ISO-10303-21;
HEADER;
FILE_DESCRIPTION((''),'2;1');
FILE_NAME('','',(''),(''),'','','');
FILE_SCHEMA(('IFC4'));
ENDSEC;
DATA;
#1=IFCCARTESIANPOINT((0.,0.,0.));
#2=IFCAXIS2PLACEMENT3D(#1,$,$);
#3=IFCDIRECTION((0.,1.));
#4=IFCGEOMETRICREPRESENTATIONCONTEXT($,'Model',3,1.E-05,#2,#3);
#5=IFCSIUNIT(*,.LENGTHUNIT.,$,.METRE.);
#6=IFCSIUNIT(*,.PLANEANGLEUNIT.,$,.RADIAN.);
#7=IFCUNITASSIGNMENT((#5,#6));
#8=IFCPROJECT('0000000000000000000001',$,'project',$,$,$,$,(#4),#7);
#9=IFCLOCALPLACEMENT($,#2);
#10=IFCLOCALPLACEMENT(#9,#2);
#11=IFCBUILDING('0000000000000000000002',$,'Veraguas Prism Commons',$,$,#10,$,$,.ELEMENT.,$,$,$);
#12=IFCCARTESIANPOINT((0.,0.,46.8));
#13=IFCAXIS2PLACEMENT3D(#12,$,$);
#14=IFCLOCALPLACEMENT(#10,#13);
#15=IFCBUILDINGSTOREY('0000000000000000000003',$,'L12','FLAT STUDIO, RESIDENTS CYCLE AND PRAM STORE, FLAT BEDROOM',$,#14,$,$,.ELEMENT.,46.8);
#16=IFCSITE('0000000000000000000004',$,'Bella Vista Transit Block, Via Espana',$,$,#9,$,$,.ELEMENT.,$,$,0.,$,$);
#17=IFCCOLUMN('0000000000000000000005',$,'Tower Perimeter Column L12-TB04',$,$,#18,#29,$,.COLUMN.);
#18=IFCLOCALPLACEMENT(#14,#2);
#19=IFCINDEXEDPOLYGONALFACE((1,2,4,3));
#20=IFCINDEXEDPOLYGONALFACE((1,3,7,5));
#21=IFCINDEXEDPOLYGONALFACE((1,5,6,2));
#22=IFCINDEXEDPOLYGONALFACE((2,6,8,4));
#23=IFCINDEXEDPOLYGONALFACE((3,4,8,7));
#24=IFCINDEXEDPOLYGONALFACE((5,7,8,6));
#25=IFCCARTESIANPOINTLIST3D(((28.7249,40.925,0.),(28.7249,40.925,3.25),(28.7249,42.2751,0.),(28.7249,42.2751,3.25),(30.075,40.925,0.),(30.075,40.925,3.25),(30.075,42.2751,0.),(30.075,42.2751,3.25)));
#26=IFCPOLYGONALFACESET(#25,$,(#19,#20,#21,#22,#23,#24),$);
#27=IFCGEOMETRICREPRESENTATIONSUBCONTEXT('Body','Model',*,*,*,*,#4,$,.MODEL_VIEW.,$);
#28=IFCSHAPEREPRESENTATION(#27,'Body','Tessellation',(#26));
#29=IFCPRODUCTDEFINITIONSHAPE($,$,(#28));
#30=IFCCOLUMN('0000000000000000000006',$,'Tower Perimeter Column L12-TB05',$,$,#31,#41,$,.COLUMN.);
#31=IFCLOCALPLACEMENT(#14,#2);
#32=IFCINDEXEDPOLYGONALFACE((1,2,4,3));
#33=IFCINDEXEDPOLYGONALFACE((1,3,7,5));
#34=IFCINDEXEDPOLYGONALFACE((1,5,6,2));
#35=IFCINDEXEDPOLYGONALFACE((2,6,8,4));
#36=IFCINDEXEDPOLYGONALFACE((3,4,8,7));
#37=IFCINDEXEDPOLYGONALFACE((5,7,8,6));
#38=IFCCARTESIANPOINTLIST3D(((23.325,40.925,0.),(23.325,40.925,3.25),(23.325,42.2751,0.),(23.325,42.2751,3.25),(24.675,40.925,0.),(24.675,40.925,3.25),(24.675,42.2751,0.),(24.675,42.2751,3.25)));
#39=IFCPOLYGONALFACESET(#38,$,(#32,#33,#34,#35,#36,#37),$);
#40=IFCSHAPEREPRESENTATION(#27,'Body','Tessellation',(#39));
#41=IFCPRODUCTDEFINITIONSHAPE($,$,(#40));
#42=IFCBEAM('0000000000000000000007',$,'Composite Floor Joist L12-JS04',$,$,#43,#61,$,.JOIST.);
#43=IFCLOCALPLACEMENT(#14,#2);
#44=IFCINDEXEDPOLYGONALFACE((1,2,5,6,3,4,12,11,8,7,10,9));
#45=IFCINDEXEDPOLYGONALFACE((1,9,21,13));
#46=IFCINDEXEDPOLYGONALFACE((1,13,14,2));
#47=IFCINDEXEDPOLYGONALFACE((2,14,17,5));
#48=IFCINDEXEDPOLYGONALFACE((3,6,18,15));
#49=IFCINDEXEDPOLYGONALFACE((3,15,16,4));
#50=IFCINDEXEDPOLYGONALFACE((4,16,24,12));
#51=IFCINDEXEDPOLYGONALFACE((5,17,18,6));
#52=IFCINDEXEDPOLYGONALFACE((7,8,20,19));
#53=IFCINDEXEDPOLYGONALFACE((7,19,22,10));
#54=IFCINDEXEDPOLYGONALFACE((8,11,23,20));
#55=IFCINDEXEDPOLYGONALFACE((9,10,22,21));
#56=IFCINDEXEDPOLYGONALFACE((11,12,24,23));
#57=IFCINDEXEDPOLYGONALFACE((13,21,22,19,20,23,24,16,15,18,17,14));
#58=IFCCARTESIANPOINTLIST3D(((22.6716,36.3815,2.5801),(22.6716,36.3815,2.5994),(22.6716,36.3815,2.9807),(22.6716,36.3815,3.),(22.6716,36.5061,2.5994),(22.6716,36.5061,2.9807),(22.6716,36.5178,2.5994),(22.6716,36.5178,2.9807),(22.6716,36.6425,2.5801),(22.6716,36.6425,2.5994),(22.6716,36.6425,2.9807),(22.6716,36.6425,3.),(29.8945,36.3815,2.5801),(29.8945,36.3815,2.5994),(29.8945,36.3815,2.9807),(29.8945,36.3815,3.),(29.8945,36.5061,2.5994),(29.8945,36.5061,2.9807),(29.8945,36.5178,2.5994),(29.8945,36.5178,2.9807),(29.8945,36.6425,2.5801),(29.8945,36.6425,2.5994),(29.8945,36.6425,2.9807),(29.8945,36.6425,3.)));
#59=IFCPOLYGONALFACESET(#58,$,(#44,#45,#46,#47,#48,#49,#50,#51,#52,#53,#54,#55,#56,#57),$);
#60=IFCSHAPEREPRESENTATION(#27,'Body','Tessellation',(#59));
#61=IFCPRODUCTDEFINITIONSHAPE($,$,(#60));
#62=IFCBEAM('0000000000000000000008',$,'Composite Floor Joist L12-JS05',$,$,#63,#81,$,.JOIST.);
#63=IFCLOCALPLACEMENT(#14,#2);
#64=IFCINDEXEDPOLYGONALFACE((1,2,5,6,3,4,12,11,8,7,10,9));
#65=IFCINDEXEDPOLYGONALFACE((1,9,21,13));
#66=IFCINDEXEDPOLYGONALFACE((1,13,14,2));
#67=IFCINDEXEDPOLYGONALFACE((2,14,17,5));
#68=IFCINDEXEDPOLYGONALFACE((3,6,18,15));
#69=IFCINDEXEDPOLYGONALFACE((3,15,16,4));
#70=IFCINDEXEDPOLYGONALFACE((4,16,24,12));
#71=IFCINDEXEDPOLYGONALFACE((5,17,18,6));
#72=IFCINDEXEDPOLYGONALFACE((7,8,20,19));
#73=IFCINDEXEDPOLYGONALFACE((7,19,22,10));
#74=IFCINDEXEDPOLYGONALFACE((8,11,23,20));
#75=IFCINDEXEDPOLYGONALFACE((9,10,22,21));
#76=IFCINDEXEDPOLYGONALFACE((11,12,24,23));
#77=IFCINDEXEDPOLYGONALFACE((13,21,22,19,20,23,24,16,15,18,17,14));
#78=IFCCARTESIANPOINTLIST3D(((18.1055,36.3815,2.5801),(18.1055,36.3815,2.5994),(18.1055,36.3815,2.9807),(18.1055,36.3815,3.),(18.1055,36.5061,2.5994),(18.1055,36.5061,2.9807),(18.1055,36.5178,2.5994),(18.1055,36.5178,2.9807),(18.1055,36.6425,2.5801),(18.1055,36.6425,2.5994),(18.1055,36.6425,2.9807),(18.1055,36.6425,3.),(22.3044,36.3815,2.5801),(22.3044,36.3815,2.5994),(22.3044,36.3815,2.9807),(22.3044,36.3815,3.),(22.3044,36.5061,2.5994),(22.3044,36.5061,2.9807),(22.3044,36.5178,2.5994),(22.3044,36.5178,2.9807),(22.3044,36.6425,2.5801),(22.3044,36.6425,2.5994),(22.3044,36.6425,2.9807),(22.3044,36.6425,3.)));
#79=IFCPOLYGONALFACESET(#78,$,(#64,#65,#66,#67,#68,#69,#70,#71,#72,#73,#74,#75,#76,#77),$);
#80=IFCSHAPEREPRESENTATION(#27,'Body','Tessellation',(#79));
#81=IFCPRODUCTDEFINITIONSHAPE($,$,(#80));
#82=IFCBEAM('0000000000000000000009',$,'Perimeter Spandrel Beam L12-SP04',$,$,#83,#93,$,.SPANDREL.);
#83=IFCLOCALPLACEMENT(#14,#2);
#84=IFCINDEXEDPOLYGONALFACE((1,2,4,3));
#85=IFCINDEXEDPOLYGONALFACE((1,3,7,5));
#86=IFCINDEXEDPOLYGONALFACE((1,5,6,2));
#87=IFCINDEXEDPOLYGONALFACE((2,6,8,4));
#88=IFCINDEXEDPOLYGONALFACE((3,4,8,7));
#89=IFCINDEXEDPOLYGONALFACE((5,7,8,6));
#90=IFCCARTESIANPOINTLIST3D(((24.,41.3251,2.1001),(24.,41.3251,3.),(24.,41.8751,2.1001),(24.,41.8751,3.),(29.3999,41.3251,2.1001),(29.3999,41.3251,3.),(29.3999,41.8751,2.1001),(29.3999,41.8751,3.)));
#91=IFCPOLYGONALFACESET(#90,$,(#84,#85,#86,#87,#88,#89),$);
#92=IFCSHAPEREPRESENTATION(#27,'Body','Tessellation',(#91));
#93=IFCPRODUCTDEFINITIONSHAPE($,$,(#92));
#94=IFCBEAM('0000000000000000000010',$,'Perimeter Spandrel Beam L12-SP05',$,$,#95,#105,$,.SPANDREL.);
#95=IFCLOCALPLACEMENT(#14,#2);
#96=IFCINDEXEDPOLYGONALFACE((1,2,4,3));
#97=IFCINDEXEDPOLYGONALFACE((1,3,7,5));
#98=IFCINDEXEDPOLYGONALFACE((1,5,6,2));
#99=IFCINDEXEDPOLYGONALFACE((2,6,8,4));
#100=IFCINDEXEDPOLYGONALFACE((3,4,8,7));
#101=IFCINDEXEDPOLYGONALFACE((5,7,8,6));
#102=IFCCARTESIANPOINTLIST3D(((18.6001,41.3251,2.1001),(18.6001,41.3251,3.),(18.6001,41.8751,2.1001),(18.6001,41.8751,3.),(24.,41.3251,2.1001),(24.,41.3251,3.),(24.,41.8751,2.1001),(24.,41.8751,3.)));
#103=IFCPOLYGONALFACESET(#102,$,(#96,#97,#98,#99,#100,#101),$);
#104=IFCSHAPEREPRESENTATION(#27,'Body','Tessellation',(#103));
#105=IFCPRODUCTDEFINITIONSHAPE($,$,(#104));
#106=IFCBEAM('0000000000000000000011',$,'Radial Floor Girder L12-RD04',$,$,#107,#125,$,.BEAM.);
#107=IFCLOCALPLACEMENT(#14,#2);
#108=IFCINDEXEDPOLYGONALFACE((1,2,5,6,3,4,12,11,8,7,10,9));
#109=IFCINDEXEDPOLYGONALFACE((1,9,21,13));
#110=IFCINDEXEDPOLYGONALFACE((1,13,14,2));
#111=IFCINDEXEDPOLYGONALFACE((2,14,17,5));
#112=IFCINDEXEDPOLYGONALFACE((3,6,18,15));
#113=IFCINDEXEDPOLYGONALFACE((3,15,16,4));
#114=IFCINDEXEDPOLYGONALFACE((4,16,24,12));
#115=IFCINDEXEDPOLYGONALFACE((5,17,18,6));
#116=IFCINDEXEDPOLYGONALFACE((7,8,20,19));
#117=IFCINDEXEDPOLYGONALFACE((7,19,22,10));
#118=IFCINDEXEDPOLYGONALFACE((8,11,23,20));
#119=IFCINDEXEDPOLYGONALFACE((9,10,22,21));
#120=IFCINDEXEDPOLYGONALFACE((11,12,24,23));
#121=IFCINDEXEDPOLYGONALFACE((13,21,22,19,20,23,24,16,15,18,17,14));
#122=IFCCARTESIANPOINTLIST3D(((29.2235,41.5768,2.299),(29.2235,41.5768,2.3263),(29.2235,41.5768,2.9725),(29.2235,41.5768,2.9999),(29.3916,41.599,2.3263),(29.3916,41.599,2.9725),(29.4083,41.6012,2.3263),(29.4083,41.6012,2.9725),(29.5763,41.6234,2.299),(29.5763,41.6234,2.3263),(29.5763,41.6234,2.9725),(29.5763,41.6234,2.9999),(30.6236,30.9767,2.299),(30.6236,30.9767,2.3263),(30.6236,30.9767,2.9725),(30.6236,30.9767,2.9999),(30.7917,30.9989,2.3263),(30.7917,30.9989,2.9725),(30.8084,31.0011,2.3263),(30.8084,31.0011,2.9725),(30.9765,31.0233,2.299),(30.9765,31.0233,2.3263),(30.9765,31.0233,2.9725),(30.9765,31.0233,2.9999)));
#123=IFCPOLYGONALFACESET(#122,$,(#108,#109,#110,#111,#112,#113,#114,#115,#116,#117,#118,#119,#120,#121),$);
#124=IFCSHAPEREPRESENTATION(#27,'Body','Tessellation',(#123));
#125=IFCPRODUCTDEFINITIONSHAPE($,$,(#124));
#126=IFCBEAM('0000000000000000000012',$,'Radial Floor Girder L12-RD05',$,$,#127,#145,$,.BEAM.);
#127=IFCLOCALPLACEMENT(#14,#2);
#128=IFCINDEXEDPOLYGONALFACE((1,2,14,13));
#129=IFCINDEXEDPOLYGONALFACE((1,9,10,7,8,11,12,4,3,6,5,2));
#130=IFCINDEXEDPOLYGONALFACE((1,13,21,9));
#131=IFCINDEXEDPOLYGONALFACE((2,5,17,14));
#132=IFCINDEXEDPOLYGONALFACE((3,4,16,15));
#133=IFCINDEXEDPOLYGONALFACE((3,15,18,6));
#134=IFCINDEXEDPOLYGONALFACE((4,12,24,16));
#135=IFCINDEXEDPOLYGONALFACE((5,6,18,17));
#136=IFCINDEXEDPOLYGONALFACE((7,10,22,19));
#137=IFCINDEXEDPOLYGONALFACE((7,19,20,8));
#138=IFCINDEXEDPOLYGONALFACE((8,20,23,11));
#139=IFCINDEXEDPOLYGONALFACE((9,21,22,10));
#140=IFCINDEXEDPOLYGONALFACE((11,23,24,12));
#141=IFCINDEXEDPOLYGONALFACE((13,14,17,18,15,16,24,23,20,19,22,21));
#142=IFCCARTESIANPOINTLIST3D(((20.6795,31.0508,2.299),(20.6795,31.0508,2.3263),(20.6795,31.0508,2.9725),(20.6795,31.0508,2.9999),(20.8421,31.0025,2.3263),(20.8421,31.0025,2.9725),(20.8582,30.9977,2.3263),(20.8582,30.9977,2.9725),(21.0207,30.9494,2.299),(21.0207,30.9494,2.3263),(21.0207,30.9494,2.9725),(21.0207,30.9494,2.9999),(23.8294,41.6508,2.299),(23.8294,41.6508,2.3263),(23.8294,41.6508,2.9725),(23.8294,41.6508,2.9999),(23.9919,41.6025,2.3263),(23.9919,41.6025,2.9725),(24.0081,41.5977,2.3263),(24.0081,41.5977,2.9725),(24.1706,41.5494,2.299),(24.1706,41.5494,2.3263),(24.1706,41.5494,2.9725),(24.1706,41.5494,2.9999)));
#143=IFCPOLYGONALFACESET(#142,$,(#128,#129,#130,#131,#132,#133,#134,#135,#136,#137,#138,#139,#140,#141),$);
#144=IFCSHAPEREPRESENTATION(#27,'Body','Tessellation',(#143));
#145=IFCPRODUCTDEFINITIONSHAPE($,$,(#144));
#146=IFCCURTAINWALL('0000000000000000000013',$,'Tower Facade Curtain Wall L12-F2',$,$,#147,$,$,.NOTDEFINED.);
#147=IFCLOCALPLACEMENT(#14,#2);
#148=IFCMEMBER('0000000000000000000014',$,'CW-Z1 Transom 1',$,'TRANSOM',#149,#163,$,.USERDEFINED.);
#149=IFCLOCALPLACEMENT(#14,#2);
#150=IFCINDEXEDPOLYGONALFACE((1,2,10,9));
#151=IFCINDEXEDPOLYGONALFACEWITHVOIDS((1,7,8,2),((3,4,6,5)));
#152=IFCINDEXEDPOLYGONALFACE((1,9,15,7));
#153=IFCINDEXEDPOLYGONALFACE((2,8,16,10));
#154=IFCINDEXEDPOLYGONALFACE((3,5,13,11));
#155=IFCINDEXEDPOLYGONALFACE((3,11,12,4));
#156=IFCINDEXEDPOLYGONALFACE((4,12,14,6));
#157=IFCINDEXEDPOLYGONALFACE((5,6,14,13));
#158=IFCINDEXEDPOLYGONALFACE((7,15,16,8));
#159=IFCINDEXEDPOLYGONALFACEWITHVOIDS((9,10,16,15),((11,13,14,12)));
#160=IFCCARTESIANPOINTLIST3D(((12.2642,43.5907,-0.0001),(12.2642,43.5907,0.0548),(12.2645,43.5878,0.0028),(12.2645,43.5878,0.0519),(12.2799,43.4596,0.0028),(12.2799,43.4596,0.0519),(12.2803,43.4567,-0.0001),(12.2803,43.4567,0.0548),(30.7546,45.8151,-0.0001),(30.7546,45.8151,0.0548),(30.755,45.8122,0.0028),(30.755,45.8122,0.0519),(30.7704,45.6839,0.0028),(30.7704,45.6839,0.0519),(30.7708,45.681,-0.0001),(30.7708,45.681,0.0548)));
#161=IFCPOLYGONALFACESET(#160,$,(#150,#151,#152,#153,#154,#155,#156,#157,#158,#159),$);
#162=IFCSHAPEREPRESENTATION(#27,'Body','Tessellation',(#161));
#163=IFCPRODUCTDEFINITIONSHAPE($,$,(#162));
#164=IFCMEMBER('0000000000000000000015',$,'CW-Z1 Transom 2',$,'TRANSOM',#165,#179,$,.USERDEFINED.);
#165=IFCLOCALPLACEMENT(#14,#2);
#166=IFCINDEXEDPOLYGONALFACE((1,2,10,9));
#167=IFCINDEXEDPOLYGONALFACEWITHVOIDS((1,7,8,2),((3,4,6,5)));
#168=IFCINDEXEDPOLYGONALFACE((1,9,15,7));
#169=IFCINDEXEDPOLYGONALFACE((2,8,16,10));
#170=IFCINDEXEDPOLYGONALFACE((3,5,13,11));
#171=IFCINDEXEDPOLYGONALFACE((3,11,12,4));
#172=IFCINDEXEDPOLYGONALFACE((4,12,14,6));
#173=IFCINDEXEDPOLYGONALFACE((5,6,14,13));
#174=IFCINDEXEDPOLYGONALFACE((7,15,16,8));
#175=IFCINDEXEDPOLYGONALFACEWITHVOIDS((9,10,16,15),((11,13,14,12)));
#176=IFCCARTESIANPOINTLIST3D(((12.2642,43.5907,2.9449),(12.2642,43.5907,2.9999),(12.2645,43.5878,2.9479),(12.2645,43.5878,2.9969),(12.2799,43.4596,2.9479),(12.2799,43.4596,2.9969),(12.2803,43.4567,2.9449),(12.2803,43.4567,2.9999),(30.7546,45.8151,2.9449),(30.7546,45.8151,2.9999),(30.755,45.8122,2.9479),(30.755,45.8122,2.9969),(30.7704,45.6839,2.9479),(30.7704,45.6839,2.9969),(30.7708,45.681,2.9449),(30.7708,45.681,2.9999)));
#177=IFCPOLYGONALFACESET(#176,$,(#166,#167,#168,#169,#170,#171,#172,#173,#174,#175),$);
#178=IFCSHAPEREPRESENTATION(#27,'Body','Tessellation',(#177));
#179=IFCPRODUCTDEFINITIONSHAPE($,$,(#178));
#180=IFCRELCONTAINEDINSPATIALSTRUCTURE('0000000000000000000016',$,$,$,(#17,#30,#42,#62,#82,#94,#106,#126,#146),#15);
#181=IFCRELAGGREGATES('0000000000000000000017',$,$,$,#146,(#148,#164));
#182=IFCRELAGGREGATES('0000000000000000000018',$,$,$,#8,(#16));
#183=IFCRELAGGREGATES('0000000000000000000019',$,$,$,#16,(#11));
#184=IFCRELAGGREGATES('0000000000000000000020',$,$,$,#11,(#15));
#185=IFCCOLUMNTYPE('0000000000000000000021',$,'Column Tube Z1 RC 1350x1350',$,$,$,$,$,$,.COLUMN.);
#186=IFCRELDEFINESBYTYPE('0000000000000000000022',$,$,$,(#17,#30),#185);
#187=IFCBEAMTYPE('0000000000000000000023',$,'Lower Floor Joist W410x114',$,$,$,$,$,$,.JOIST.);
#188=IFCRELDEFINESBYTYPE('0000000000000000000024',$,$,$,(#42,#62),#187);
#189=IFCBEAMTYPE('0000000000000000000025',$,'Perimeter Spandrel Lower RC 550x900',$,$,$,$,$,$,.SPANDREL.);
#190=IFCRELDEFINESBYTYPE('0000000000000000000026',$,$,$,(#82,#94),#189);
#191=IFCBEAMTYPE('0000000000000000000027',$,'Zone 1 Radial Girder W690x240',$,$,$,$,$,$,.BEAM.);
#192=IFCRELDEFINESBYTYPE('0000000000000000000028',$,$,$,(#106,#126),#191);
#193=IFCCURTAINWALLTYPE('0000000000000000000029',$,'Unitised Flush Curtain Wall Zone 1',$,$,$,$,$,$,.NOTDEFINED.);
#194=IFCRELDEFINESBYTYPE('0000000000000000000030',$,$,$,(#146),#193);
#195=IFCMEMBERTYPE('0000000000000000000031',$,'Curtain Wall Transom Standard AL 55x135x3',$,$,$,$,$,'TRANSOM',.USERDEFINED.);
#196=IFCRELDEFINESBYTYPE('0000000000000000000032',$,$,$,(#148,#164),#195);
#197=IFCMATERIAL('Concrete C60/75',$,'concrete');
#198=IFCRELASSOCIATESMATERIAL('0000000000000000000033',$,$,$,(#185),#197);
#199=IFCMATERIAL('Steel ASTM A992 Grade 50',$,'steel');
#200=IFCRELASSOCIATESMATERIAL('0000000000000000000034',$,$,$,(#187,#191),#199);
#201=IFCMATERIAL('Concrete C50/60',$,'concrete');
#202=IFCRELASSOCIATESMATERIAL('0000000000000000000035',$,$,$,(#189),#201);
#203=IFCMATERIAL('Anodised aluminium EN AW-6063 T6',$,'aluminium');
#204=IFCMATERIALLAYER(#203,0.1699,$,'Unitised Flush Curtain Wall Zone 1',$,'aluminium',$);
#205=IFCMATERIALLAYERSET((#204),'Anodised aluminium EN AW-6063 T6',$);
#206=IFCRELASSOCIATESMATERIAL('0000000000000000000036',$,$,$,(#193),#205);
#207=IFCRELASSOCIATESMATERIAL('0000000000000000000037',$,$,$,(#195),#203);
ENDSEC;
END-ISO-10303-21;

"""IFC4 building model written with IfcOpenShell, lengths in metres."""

from ifc_helpers import new_model, si_unit, direction, frame, origin, origin_2d, place, context, subcontext, project, spatial, rectangle, hollow_rectangle, i_section, extrude, source, transform, mapped, material, layer, layer_set, material_profile, profile_set, type_object, element, aggregate, save


model = new_model("IFC4")

# Units and contexts
model_context = context("Model", 3, precision=1e-05, world=origin(), true_north=direction((0.0, 1.0)))
body_context = subcontext(model_context, "Body", "Model", "MODEL_VIEW")
ifc_project = project(units=[si_unit("LENGTHUNIT", "METRE"), si_unit("PLANEANGLEUNIT", "RADIAN")], contexts=[model_context])

# Site, building, storey
site_placement = place(None, origin())
site = spatial("IfcSite", under=ifc_project, at=site_placement, Name="Bella Vista Transit Block, Via Espana", CompositionType="ELEMENT", RefElevation=0.0)
building_placement = place(site_placement, origin())
building = spatial("IfcBuilding", under=site, at=building_placement, Name="Veraguas Prism Commons", CompositionType="ELEMENT")
storey_placement = place(building_placement, frame((0.0, 0.0, 46.8)))
storey = spatial("IfcBuildingStorey", under=building, at=storey_placement, Name="L12", Description="FLAT STUDIO, RESIDENTS CYCLE AND PRAM STORE, FLAT BEDROOM", CompositionType="ELEMENT", Elevation=46.8)

# Columns
ifc_material_1 = material(Name="Concrete C60/75", Category="concrete")
ifc_material_profile_1 = material_profile(ifc_material_1, rectangle(XDim=1.3501, YDim=1.3501, at=origin_2d()), Name="RC1350X1350")
ifc_profile_set_1 = profile_set([ifc_material_profile_1], Name="Concrete C60/75")
column_type = type_object("IfcColumnType", Name="Column Tube Z1 RC 1350x1350", PredefinedType="COLUMN", material=ifc_profile_set_1)
for number, where, z_axis, x_axis, name in (
    (1, (29.3999, 41.6001, 0.0), (0.0, 0.0, 1.0), (1.0, 0.0, 0.0), "Tower Perimeter Column L12-TB04"),
    (2, (24.0, 41.6001, 0.0), (0.0, 0.0, 1.0), (1.0, 0.0, 0.0), "Tower Perimeter Column L12-TB05"),
):
    element("IfcColumn", number, at=place(storey_placement, frame(where, z_axis=z_axis, x_axis=x_axis)), inside=storey, type_object=column_type, Name=name, PredefinedType="COLUMN", context=body_context, shape_type="SweptSolid", body=[
        extrude(rectangle(XDim=1.3501, YDim=1.3501, at=origin_2d()), origin(), (0.0, 0.0, 1.0), 3.25),
    ])

# Beams
ifc_material_2 = material(Name="Steel ASTM A992 Grade 50", Category="steel")
ifc_material_profile_2 = material_profile(ifc_material_2, i_section(OverallWidth=0.261, OverallDepth=0.4199, WebThickness=0.0117, FlangeThickness=0.0193, at=origin_2d()), Name="W410X114")
ifc_profile_set_2 = profile_set([ifc_material_profile_2], Name="Steel ASTM A992 Grade 50")
beam_type_1 = type_object("IfcBeamType", Name="Lower Floor Joist W410x114", PredefinedType="JOIST", material=ifc_profile_set_2)
beam_1_placement = place(storey_placement, frame((29.8945, 36.512, 2.79), z_axis=(-1.0, 0.0, 0.0), x_axis=(0.0, -1.0, 0.0)))
element("IfcBeam", 3, at=beam_1_placement, inside=storey, type_object=beam_type_1, Name="Composite Floor Joist L12-JS04", PredefinedType="JOIST", context=body_context, shape_type="SweptSolid", body=[
    extrude(i_section(OverallWidth=0.261, OverallDepth=0.4199, WebThickness=0.0117, FlangeThickness=0.0193, at=origin_2d()), origin(), (0.0, 0.0, 1.0), 7.2229),
])
beam_2_placement = place(storey_placement, frame((22.3044, 36.512, 2.79), z_axis=(-1.0, 0.0, 0.0), x_axis=(0.0, -1.0, 0.0)))
element("IfcBeam", 4, at=beam_2_placement, inside=storey, type_object=beam_type_1, Name="Composite Floor Joist L12-JS05", PredefinedType="JOIST", context=body_context, shape_type="SweptSolid", body=[
    extrude(i_section(OverallWidth=0.261, OverallDepth=0.4199, WebThickness=0.0117, FlangeThickness=0.0193, at=origin_2d()), origin(), (0.0, 0.0, 1.0), 4.199),
])
ifc_material_3 = material(Name="Concrete C50/60", Category="concrete")
ifc_material_profile_3 = material_profile(ifc_material_3, rectangle(XDim=0.55, YDim=0.8999, at=origin_2d()), Name="RC550X900")
ifc_profile_set_3 = profile_set([ifc_material_profile_3], Name="Concrete C50/60")
beam_type_2 = type_object("IfcBeamType", Name="Perimeter Spandrel Lower RC 550x900", PredefinedType="SPANDREL", material=ifc_profile_set_3)
for number, where, z_axis, x_axis, name in (
    (5, (29.3999, 41.6001, 2.55), (-1.0, 0.0, 0.0), (0.0, -1.0, 0.0), "Perimeter Spandrel Beam L12-SP04"),
    (6, (24.0, 41.6001, 2.55), (-1.0, 0.0, 0.0), (0.0, -1.0, 0.0), "Perimeter Spandrel Beam L12-SP05"),
):
    element("IfcBeam", number, at=place(storey_placement, frame(where, z_axis=z_axis, x_axis=x_axis)), inside=storey, type_object=beam_type_2, Name=name, PredefinedType="SPANDREL", context=body_context, shape_type="SweptSolid", body=[
        extrude(rectangle(XDim=0.55, YDim=0.8999, at=origin_2d()), origin(), (0.0, 0.0, 1.0), 5.3999),
    ])
ifc_material_profile_4 = material_profile(ifc_material_2, i_section(OverallWidth=0.356, OverallDepth=0.7009, WebThickness=0.0168, FlangeThickness=0.0273, at=origin_2d()), Name="W690X240")
ifc_profile_set_4 = profile_set([ifc_material_profile_4], Name="Steel ASTM A992 Grade 50")
beam_type_3 = type_object("IfcBeamType", Name="Zone 1 Radial Girder W690x240", PredefinedType="BEAM", material=ifc_profile_set_4)
beam_3_placement = place(storey_placement, frame((29.3999, 41.6001, 2.6494), z_axis=(0.130951, -0.991389, 0.0), x_axis=(0.991389, 0.130951, 0.0)))
element("IfcBeam", 7, at=beam_3_placement, inside=storey, type_object=beam_type_3, Name="Radial Floor Girder L12-RD04", PredefinedType="BEAM", context=body_context, shape_type="SweptSolid", body=[
    extrude(i_section(OverallWidth=0.356, OverallDepth=0.7009, WebThickness=0.0168, FlangeThickness=0.0273, at=origin_2d()), origin(), (0.0, 0.0, 1.0), 10.6921),
])
beam_4_placement = place(storey_placement, frame((24.0, 41.6001, 2.6494), z_axis=(-0.284847, -0.958573, 0.0), x_axis=(0.958573, -0.284847, 0.0)))
element("IfcBeam", 8, at=beam_4_placement, inside=storey, type_object=beam_type_3, Name="Radial Floor Girder L12-RD05", PredefinedType="BEAM", context=body_context, shape_type="SweptSolid", body=[
    extrude(i_section(OverallWidth=0.356, OverallDepth=0.7009, WebThickness=0.0168, FlangeThickness=0.0273, at=origin_2d()), origin(), (0.0, 0.0, 1.0), 11.0581),
])

# Curtain wall, members
ifc_material_4 = material(Name="Anodised aluminium EN AW-6063 T6", Category="aluminium")
ifc_layer_1 = layer(ifc_material_4, 0.1699, Name="Unitised Flush Curtain Wall Zone 1", Category="aluminium")
ifc_layer_set_1 = layer_set([ifc_layer_1], Name="Anodised aluminium EN AW-6063 T6")
curtain_wall_type = type_object("IfcCurtainWallType", Name="Unitised Flush Curtain Wall Zone 1", PredefinedType="NOTDEFINED", material=ifc_layer_set_1)
curtain_wall_placement = place(storey_placement, origin())
curtain_wall = element("IfcCurtainWall", 9, at=curtain_wall_placement, inside=storey, type_object=curtain_wall_type, Name="Tower Facade Curtain Wall L12-F2", PredefinedType="NOTDEFINED")
ifc_material_profile_5 = material_profile(ifc_material_4, hollow_rectangle(XDim=0.0549, YDim=0.135, WallThickness=0.0029, at=origin_2d()), Name="AL55X135X3")
ifc_profile_set_5 = profile_set([ifc_material_profile_5], Name="Anodised aluminium EN AW-6063 T6")
member_type_1 = type_object("IfcMemberType", Name="Curtain Wall Transom Standard AL 55x135x3", ElementType="TRANSOM", PredefinedType="USERDEFINED", material=ifc_profile_set_5)
shared_shape_1 = source(origin(), body_context, "Body", "SweptSolid", [
    extrude(hollow_rectangle(XDim=0.0549, YDim=0.135, WallThickness=0.0029, at=origin_2d()), origin(), (0.0, 0.0, 1.0), 18.6238),
])
member_1_placement = place(storey_placement, frame((30.7627, 45.748, 0.0273), z_axis=(-0.992842, -0.119437, 0.0), x_axis=(0.0, 0.0, 1.0)))
member_1 = element("IfcMember", 10, at=member_1_placement, type_object=member_type_1, Name="CW-Z1 Transom 1", ObjectType="TRANSOM", PredefinedType="USERDEFINED", context=body_context, shape_type="MappedRepresentation", body=[
    mapped(shared_shape_1, transform((0.0, 0.0, 0.0), scale=1.0)),
])
member_2_placement = place(storey_placement, frame((30.7627, 45.748, 2.9724), z_axis=(-0.992842, -0.119437, 0.0), x_axis=(0.0, 0.0, 1.0)))
member_2 = element("IfcMember", 11, at=member_2_placement, type_object=member_type_1, Name="CW-Z1 Transom 2", ObjectType="TRANSOM", PredefinedType="USERDEFINED", context=body_context, shape_type="MappedRepresentation", body=[
    mapped(shared_shape_1, transform((0.0, 0.0, 0.0), scale=1.0)),
])
aggregate(curtain_wall, [member_1, member_2])

save(model, "model.ifc")
